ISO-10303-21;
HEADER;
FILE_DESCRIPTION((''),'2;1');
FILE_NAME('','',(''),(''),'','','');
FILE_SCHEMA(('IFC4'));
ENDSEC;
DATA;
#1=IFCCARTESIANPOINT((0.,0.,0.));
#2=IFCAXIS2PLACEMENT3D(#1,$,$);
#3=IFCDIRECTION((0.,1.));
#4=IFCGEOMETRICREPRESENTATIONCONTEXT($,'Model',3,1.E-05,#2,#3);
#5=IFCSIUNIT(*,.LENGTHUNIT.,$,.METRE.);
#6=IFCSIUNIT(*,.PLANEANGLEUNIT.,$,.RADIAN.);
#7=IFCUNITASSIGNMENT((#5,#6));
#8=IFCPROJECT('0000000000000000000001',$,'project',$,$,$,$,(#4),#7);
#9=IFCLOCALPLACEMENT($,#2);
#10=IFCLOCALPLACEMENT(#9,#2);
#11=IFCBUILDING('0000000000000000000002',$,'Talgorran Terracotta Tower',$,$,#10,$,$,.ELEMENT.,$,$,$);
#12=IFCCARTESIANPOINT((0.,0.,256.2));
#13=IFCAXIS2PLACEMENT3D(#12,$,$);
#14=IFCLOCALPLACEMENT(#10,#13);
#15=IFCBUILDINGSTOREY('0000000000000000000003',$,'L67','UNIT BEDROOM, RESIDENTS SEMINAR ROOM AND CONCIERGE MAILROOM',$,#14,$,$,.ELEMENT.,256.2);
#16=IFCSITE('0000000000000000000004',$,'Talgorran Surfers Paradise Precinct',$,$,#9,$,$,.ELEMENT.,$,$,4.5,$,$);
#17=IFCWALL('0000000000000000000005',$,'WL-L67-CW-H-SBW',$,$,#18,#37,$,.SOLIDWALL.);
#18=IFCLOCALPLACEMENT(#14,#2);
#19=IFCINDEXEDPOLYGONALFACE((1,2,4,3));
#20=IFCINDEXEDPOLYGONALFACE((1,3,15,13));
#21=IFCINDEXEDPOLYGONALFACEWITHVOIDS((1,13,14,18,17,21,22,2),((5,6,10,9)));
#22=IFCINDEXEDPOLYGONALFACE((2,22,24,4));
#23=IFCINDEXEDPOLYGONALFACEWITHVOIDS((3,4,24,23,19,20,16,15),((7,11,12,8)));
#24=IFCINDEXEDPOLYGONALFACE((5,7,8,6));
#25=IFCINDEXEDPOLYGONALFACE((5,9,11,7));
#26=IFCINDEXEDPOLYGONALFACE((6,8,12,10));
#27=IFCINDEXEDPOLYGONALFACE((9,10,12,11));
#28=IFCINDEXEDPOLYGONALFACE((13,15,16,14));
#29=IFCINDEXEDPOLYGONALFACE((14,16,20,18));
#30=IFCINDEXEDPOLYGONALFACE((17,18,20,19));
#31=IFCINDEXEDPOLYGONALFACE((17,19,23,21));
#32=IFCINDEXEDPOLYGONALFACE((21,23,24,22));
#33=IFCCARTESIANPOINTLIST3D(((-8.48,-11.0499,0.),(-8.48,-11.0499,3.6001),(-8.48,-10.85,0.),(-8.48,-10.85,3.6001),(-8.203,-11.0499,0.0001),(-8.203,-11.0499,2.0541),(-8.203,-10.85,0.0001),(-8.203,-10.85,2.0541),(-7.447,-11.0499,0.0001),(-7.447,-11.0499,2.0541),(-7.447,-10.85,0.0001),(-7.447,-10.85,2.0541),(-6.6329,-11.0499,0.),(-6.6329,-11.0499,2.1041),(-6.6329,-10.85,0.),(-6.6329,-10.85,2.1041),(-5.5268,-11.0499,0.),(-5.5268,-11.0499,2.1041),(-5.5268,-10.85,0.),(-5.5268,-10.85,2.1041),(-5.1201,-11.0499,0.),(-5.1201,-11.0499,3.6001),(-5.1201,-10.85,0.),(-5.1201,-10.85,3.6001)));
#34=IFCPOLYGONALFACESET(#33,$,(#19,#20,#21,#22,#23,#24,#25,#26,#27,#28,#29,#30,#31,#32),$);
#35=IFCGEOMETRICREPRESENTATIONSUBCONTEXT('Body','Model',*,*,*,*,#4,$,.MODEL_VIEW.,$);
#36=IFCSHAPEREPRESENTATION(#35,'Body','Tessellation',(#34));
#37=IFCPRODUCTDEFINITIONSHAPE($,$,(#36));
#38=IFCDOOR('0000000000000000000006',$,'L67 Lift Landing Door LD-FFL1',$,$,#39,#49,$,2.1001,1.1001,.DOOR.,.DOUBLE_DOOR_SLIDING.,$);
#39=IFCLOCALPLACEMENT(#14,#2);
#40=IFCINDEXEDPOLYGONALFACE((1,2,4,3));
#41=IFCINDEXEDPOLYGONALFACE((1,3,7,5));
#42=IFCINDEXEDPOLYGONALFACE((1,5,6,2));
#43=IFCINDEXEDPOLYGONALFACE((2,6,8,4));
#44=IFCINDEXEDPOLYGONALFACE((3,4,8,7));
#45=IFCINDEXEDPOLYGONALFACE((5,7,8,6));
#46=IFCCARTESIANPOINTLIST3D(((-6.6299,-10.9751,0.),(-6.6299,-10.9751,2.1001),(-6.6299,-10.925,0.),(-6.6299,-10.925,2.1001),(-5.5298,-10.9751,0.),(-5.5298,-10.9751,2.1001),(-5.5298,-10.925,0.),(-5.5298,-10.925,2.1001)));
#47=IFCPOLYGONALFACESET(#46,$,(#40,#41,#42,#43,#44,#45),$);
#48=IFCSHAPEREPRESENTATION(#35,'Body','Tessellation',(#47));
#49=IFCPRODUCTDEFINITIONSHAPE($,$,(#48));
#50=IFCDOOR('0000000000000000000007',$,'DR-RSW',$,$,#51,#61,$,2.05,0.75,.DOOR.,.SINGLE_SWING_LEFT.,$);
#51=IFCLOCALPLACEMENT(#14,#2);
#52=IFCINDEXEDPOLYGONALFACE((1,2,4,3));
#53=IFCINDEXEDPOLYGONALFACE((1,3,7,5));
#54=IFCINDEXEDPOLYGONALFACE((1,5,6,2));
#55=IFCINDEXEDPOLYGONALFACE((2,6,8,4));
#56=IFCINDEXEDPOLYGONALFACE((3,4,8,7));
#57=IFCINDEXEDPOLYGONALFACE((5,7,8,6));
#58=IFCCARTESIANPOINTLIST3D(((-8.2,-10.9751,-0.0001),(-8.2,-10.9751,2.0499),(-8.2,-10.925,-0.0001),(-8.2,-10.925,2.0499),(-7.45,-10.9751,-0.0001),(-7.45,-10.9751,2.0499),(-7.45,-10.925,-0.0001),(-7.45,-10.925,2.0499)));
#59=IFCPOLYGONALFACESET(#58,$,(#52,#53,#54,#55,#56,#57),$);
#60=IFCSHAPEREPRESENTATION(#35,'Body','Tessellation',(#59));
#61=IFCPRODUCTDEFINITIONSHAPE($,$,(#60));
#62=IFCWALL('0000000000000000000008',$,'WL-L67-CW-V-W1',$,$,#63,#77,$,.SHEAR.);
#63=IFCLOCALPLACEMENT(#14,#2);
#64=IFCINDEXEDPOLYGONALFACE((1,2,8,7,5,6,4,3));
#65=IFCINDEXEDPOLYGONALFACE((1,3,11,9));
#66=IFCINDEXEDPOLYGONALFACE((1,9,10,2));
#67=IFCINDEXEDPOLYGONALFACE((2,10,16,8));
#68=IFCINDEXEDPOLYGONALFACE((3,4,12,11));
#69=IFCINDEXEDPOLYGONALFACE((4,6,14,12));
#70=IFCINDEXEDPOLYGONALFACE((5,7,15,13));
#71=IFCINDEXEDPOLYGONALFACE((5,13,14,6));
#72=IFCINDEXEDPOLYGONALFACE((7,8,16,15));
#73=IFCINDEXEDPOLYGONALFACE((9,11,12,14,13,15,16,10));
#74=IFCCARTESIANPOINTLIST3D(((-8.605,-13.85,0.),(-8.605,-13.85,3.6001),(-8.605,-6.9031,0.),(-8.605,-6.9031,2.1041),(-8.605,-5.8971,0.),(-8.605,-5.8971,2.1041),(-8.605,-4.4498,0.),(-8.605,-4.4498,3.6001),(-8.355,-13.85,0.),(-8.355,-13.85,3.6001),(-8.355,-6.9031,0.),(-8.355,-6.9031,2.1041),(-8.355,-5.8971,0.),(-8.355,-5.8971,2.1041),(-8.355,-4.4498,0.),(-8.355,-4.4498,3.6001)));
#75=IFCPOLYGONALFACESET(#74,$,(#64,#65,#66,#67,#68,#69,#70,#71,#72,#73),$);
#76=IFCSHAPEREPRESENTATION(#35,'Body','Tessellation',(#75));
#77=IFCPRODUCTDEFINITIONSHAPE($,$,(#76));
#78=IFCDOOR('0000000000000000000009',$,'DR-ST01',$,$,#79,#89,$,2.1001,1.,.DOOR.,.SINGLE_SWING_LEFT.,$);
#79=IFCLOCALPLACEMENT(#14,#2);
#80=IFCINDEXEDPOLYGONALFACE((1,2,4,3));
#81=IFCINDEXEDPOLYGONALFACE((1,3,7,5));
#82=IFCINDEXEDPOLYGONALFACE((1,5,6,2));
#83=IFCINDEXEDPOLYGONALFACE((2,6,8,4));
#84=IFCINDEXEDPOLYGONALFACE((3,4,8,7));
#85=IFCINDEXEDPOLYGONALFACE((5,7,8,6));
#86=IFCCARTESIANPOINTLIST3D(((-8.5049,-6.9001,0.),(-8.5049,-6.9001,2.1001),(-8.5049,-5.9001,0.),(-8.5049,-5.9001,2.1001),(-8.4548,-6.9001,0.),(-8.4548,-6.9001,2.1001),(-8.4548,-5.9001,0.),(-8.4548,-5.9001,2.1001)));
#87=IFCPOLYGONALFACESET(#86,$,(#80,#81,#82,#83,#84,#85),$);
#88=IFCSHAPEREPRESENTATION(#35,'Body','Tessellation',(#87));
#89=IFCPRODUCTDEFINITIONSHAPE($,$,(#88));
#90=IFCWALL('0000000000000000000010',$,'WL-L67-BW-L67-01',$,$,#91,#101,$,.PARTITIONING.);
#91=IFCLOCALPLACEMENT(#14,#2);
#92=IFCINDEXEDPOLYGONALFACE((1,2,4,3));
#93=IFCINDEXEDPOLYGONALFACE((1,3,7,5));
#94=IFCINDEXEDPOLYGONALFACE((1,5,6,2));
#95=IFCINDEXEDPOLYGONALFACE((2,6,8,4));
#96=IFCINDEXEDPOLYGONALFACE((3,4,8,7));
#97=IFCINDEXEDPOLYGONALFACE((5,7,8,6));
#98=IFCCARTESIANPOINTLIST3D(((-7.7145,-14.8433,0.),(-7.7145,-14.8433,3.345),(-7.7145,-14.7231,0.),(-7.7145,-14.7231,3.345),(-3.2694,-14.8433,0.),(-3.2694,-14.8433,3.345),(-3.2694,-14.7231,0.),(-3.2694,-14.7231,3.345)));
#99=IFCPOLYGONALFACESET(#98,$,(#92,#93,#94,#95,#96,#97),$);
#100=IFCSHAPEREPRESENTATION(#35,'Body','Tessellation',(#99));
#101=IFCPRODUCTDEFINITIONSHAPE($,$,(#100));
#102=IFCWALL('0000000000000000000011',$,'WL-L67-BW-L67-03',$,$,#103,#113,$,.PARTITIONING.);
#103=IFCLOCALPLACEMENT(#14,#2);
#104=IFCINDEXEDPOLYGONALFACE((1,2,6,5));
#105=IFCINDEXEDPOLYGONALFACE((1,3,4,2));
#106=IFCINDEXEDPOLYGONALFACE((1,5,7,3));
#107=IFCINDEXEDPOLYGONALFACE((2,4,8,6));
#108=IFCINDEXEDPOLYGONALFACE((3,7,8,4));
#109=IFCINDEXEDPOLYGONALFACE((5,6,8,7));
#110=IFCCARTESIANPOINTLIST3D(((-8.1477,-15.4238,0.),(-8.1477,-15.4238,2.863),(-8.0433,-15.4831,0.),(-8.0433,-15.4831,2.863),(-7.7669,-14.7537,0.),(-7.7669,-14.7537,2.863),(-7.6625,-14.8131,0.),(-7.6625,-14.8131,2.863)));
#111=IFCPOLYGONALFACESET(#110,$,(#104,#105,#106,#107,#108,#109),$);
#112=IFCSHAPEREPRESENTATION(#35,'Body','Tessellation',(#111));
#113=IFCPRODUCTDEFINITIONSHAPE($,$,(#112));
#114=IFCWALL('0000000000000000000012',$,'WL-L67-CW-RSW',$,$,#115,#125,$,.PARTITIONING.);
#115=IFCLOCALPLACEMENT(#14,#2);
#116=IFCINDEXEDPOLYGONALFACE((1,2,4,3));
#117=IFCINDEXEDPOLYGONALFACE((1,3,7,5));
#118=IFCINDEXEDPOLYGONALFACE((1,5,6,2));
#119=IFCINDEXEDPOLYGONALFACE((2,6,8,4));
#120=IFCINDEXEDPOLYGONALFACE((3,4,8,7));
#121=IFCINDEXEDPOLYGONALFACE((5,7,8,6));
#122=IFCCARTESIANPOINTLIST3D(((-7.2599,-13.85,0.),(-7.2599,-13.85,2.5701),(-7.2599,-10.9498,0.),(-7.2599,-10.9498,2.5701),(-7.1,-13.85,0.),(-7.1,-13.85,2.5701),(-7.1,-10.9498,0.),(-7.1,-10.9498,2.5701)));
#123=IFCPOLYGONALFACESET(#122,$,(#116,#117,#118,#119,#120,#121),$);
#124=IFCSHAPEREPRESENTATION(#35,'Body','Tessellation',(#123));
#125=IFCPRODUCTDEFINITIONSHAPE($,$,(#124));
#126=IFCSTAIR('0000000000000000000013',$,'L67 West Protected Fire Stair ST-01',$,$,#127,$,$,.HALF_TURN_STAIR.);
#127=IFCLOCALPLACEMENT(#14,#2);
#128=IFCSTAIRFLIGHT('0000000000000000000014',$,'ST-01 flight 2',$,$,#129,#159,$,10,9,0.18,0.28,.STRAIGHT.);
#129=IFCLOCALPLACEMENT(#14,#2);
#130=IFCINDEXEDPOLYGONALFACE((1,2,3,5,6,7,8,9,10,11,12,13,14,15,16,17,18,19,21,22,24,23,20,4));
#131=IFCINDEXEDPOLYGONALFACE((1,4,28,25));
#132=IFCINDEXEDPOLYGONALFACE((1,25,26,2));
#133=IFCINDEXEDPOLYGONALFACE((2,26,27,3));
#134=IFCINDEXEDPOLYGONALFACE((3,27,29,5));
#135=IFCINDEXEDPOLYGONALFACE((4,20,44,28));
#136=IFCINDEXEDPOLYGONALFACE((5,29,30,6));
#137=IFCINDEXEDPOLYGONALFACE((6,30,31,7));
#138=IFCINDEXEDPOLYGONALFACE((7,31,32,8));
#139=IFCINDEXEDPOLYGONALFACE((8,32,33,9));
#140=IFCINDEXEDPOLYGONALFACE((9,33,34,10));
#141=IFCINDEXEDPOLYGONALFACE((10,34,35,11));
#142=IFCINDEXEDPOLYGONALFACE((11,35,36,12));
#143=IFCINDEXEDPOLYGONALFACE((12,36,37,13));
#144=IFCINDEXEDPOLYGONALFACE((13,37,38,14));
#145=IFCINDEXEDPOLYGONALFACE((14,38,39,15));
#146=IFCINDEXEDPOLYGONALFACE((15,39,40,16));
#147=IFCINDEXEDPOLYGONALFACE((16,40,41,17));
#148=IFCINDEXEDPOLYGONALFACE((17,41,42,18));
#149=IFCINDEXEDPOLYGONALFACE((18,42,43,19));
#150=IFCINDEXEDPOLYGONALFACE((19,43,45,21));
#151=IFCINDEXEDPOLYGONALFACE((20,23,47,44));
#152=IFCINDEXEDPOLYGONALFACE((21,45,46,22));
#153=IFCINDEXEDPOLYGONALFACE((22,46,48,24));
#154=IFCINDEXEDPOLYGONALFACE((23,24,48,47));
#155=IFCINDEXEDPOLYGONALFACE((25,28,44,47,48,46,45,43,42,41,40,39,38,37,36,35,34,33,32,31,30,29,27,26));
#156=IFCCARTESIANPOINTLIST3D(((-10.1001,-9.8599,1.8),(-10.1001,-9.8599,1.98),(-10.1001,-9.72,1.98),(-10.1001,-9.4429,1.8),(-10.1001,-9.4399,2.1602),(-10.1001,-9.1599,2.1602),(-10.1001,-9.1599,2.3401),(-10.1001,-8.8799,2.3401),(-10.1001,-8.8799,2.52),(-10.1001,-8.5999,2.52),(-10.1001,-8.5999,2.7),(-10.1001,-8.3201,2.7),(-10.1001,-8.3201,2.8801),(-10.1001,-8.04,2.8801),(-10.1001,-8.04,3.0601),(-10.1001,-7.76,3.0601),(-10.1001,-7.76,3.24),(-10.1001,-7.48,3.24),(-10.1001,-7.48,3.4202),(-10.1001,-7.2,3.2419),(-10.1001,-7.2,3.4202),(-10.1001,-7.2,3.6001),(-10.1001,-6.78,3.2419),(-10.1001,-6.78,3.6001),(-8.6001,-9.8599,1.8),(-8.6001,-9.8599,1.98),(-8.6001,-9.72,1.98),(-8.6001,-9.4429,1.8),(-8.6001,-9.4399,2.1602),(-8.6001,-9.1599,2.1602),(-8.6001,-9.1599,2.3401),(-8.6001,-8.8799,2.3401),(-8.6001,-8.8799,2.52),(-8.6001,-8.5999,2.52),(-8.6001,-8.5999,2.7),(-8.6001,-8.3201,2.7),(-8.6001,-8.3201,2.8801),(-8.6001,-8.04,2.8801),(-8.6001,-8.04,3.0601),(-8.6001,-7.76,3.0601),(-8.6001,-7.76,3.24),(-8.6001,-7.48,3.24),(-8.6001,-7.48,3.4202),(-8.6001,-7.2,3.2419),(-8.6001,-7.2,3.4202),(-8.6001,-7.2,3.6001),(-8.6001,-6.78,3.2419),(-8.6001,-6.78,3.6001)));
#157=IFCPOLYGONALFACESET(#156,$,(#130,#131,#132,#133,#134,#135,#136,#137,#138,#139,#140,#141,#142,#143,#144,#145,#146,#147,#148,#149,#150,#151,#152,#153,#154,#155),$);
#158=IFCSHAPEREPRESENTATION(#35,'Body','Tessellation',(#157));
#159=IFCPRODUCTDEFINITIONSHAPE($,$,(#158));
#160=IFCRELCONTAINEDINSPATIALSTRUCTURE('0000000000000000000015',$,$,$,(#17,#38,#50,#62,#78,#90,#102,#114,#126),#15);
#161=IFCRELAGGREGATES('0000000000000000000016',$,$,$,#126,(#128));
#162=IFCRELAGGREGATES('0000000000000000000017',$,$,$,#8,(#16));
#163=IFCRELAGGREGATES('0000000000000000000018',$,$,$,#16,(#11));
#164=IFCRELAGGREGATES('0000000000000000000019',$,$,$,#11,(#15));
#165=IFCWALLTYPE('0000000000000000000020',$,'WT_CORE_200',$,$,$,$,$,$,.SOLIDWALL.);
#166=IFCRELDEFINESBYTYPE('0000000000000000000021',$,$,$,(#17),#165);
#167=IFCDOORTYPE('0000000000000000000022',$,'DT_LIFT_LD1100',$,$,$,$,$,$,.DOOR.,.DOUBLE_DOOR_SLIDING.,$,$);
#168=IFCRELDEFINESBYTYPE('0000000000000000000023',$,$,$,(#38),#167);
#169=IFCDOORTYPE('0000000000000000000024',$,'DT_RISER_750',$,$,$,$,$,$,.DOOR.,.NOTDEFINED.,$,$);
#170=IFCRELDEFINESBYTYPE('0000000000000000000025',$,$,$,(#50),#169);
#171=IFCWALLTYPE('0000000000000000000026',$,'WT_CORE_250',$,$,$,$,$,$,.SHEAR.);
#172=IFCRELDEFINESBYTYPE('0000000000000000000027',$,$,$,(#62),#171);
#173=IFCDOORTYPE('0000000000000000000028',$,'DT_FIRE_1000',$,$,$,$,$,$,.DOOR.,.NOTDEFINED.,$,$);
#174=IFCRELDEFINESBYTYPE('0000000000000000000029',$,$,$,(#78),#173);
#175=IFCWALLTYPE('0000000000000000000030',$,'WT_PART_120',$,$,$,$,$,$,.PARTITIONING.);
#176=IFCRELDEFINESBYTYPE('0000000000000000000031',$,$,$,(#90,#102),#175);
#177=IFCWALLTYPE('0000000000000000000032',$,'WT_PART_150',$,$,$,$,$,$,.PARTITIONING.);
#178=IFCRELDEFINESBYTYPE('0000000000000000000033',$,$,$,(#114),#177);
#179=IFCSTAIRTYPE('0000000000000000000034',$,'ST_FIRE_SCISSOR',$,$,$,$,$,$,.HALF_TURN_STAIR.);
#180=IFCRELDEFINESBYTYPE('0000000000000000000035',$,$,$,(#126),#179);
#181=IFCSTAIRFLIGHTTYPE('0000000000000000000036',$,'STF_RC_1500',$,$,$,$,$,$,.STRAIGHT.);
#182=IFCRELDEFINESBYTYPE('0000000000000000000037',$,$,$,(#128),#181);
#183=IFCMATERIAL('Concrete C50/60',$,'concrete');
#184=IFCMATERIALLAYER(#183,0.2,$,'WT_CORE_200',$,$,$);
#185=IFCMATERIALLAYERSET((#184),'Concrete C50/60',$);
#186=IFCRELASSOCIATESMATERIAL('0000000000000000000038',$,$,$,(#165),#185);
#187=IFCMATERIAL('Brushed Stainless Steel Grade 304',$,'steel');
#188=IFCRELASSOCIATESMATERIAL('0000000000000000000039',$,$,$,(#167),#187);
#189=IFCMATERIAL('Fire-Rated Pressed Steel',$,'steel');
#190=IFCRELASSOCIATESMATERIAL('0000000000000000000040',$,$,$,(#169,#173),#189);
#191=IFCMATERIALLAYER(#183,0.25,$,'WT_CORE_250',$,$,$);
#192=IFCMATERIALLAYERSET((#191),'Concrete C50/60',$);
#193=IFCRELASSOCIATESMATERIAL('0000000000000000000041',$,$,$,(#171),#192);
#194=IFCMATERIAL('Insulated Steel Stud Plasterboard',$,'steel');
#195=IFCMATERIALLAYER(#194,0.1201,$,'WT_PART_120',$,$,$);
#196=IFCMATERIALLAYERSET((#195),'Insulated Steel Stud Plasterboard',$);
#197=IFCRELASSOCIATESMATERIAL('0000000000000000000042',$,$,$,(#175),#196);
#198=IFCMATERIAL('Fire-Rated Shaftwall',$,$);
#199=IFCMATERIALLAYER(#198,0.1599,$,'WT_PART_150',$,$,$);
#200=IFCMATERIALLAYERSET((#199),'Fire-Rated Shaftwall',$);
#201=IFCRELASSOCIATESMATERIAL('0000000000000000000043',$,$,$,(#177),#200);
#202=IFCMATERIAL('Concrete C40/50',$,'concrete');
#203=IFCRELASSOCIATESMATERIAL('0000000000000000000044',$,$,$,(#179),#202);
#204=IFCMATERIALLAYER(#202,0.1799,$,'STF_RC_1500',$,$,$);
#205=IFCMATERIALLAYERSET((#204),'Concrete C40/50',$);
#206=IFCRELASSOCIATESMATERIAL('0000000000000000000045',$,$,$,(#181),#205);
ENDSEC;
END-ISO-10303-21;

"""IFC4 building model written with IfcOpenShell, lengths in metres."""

from ifc_helpers import new_model, si_unit, direction, frame, frame_2d, origin, place, context, subcontext, project, spatial, polyline, rectangle, outline, extrude, material, layer, layer_set, type_object, element, fill, aggregate, save


model = new_model("IFC4")

# Units and contexts
model_context = context("Model", 3, precision=1e-05, world=origin(), true_north=direction((0.0, 1.0)))
body_context = subcontext(model_context, "Body", "Model", "MODEL_VIEW")
ifc_project = project(units=[si_unit("LENGTHUNIT", "METRE"), si_unit("PLANEANGLEUNIT", "RADIAN")], contexts=[model_context])

# Site, building, storey
site_placement = place(None, origin())
site = spatial("IfcSite", under=ifc_project, at=site_placement, Name="Talgorran Surfers Paradise Precinct", CompositionType="ELEMENT", RefElevation=4.5)
building_placement = place(site_placement, origin())
building = spatial("IfcBuilding", under=site, at=building_placement, Name="Talgorran Terracotta Tower", CompositionType="ELEMENT")
storey_placement = place(building_placement, frame((0.0, 0.0, 256.2)))
storey = spatial("IfcBuildingStorey", under=building, at=storey_placement, Name="L67", Description="UNIT BEDROOM, RESIDENTS SEMINAR ROOM AND CONCIERGE MAILROOM", CompositionType="ELEMENT", Elevation=256.2)

# Shared definitions
ifc_material_1 = material(Name="Concrete C50/60", Category="concrete")

# Wall, openings, doors
ifc_layer_1 = layer(ifc_material_1, 0.2, Name="WT_CORE_200")
ifc_layer_set_1 = layer_set([ifc_layer_1], Name="Concrete C50/60")
wall_type_1 = type_object("IfcWallType", Name="WT_CORE_200", PredefinedType="SOLIDWALL", material=ifc_layer_set_1)
wall_1_placement = place(storey_placement, frame((-8.48, -10.95, 0.0), z_axis=(0.0, 0.0, 1.0), x_axis=(1.0, 0.0, 0.0)))
wall_1 = element("IfcWall", 1, at=wall_1_placement, inside=storey, type_object=wall_type_1, Name="WL-L67-CW-H-SBW", PredefinedType="SOLIDWALL", context=body_context, shape_type="SweptSolid", body=[
    extrude(rectangle(XDim=3.3599, YDim=0.2, at=frame_2d((1.6799, 0.0))), origin(), (0.0, 0.0, 1.0), 3.6001),
])
opening_1_placement = place(wall_1_placement, frame((0.28, 0.0, 0.0)))
opening_1 = element("IfcOpeningElement", 2, at=opening_1_placement, cuts=wall_1, PredefinedType="OPENING", context=body_context, shape_type="SweptSolid", body=[
    extrude(rectangle(XDim=0.756, YDim=2.054, at=frame_2d((0.375, 1.0271))), frame((0.0, 0.1099, 0.0), z_axis=(0.0, -1.0, 0.0), x_axis=(1.0, 0.0, 0.0)), (0.0, 0.0, 1.0), 0.22),
])
opening_2_placement = place(wall_1_placement, frame((1.8501, 0.0, 0.0)))
opening_2 = element("IfcOpeningElement", 3, at=opening_2_placement, cuts=wall_1, PredefinedType="OPENING", context=body_context, shape_type="SweptSolid", body=[
    extrude(rectangle(XDim=1.1061, YDim=2.1041, at=frame_2d((0.55, 1.052))), frame((0.0, 0.1099, 0.0), z_axis=(0.0, -1.0, 0.0), x_axis=(1.0, 0.0, 0.0)), (0.0, 0.0, 1.0), 0.22),
])
ifc_material_2 = material(Name="Brushed Stainless Steel Grade 304", Category="steel")
door_type_1 = type_object("IfcDoorType", Name="DT_LIFT_LD1100", OperationType="DOUBLE_DOOR_SLIDING", PredefinedType="DOOR", material=ifc_material_2)
door_1_placement = place(opening_2_placement, origin())
door_1 = element("IfcDoor", 4, at=door_1_placement, inside=storey, type_object=door_type_1, Name="L67 Lift Landing Door LD-FFL1", OperationType="DOUBLE_DOOR_SLIDING", OverallHeight=2.1001, OverallWidth=1.1001, PredefinedType="DOOR", context=body_context, shape_type="SweptSolid", body=[
    extrude(rectangle(XDim=1.1001, YDim=2.1001, at=frame_2d((0.55, 1.05))), frame((0.0, 0.0249, 0.0), z_axis=(0.0, -1.0, 0.0), x_axis=(1.0, 0.0, 0.0)), (0.0, 0.0, 1.0), 0.05),
])
fill(opening_2, door_1)
ifc_material_3 = material(Name="Fire-Rated Pressed Steel", Category="steel")
door_type_2 = type_object("IfcDoorType", Name="DT_RISER_750", OperationType="NOTDEFINED", PredefinedType="DOOR", material=ifc_material_3)
door_2_placement = place(opening_1_placement, origin())
door_2 = element("IfcDoor", 5, at=door_2_placement, inside=storey, type_object=door_type_2, Name="DR-RSW", OperationType="SINGLE_SWING_LEFT", OverallHeight=2.05, OverallWidth=0.75, PredefinedType="DOOR", context=body_context, shape_type="SweptSolid", body=[
    extrude(rectangle(XDim=0.75, YDim=2.05, at=frame_2d((0.375, 1.0249))), frame((0.0, 0.0249, 0.0), z_axis=(0.0, -1.0, 0.0), x_axis=(1.0, 0.0, 0.0)), (0.0, 0.0, 1.0), 0.05),
])
fill(opening_1, door_2)

# Wall, opening, door
ifc_layer_2 = layer(ifc_material_1, 0.25, Name="WT_CORE_250")
ifc_layer_set_2 = layer_set([ifc_layer_2], Name="Concrete C50/60")
wall_type_2 = type_object("IfcWallType", Name="WT_CORE_250", PredefinedType="SHEAR", material=ifc_layer_set_2)
wall_2_placement = place(storey_placement, frame((-8.48, -13.8501, 0.0), z_axis=(0.0, 0.0, 1.0), x_axis=(0.0, 1.0, 0.0)))
wall_2 = element("IfcWall", 6, at=wall_2_placement, inside=storey, type_object=wall_type_2, Name="WL-L67-CW-V-W1", PredefinedType="SHEAR", context=body_context, shape_type="SweptSolid", body=[
    extrude(rectangle(XDim=9.4001, YDim=0.25, at=frame_2d((4.7002, 0.0))), origin(), (0.0, 0.0, 1.0), 3.6001),
])
opening_3_placement = place(wall_2_placement, frame((6.95, 0.0, 0.0)))
opening_3 = element("IfcOpeningElement", 7, at=opening_3_placement, cuts=wall_2, PredefinedType="OPENING", context=body_context, shape_type="SweptSolid", body=[
    extrude(rectangle(XDim=1.006, YDim=2.1041, at=frame_2d((0.5, 1.052))), frame((0.0, 0.135, 0.0), z_axis=(0.0, -1.0, 0.0), x_axis=(1.0, 0.0, 0.0)), (0.0, 0.0, 1.0), 0.27),
])
door_type_3 = type_object("IfcDoorType", Name="DT_FIRE_1000", OperationType="NOTDEFINED", PredefinedType="DOOR", material=ifc_material_3)
door_3_placement = place(opening_3_placement, origin())
door_3 = element("IfcDoor", 8, at=door_3_placement, inside=storey, type_object=door_type_3, Name="DR-ST01", OperationType="SINGLE_SWING_LEFT", OverallHeight=2.1001, OverallWidth=1.0, PredefinedType="DOOR", context=body_context, shape_type="SweptSolid", body=[
    extrude(rectangle(XDim=1.0, YDim=2.1001, at=frame_2d((0.5, 1.05))), frame((0.0, 0.0249, 0.0), z_axis=(0.0, -1.0, 0.0), x_axis=(1.0, 0.0, 0.0)), (0.0, 0.0, 1.0), 0.05),
])
fill(opening_3, door_3)

# Walls
ifc_material_4 = material(Name="Insulated Steel Stud Plasterboard", Category="steel")
ifc_layer_3 = layer(ifc_material_4, 0.1201, Name="WT_PART_120")
ifc_layer_set_3 = layer_set([ifc_layer_3], Name="Insulated Steel Stud Plasterboard")
wall_type_3 = type_object("IfcWallType", Name="WT_PART_120", PredefinedType="PARTITIONING", material=ifc_layer_set_3)
wall_3_placement = place(storey_placement, frame((-7.7146, -14.7832, 0.0), z_axis=(0.0, 0.0, 1.0), x_axis=(1.0, 0.0, 0.0)))
element("IfcWall", 9, at=wall_3_placement, inside=storey, type_object=wall_type_3, Name="WL-L67-BW-L67-01", PredefinedType="PARTITIONING", context=body_context, shape_type="SweptSolid", body=[
    extrude(rectangle(XDim=4.4451, YDim=0.1201, at=frame_2d((2.2227, 0.0))), origin(), (0.0, 0.0, 1.0), 3.345),
])
wall_4_placement = place(storey_placement, frame((-8.0955, -15.4534, 0.0), z_axis=(0.0, 0.0, 1.0), x_axis=(0.494091, 0.86941, 0.0)))
element("IfcWall", 10, at=wall_4_placement, inside=storey, type_object=wall_type_3, Name="WL-L67-BW-L67-03", PredefinedType="PARTITIONING", context=body_context, shape_type="SweptSolid", body=[
    extrude(rectangle(XDim=0.7708, YDim=0.1201, at=frame_2d((0.3853, 0.0))), origin(), (0.0, 0.0, 1.0), 2.863),
])
ifc_material_5 = material(Name="Fire-Rated Shaftwall")
ifc_layer_4 = layer(ifc_material_5, 0.1599, Name="WT_PART_150")
ifc_layer_set_4 = layer_set([ifc_layer_4], Name="Fire-Rated Shaftwall")
wall_type_4 = type_object("IfcWallType", Name="WT_PART_150", PredefinedType="PARTITIONING", material=ifc_layer_set_4)
wall_5_placement = place(storey_placement, frame((-7.1799, -13.8501, 0.0), z_axis=(0.0, 0.0, 1.0), x_axis=(0.0, 1.0, 0.0)))
element("IfcWall", 11, at=wall_5_placement, inside=storey, type_object=wall_type_4, Name="WL-L67-CW-RSW", PredefinedType="PARTITIONING", context=body_context, shape_type="SweptSolid", body=[
    extrude(rectangle(XDim=2.9001, YDim=0.1599, at=frame_2d((1.4502, 0.0))), origin(), (0.0, 0.0, 1.0), 2.5701),
])

# Stair, stair flight
ifc_material_6 = material(Name="Concrete C40/50", Category="concrete")
stair_type = type_object("IfcStairType", Name="ST_FIRE_SCISSOR", PredefinedType="HALF_TURN_STAIR", material=ifc_material_6)
stair_placement = place(storey_placement, origin())
stair = element("IfcStair", 12, at=stair_placement, inside=storey, type_object=stair_type, Name="L67 West Protected Fire Stair ST-01", PredefinedType="HALF_TURN_STAIR")
ifc_layer_5 = layer(ifc_material_6, 0.1799, Name="STF_RC_1500")
ifc_layer_set_5 = layer_set([ifc_layer_5], Name="Concrete C40/50")
stair_flight_type = type_object("IfcStairFlightType", Name="STF_RC_1500", PredefinedType="STRAIGHT", material=ifc_layer_set_5)
stair_flight_placement = place(storey_placement, frame((-9.3501, -9.72, 1.8), z_axis=(0.0, 0.0, 1.0), x_axis=(0.0, 1.0, 0.0)))
stair_flight = element("IfcStairFlight", 13, at=stair_flight_placement, type_object=stair_flight_type, Name="ST-01 flight 2", NumberOfRisers=10, NumberOfTreads=9, PredefinedType="STRAIGHT", RiserHeight=0.18, TreadLength=0.28, context=body_context, shape_type="SweptSolid", body=[
    extrude(outline(polyline([(-0.1399, 0.0), (-0.1399, 0.1799), (0.0, 0.1799), (0.28, 0.3601), (0.5601, 0.3601), (0.5601, 0.54), (0.8401, 0.54), (0.8401, 0.72), (1.1201, 0.72), (1.1201, 0.8999), (1.3999, 0.8999), (1.3999, 1.0801), (1.6799, 1.0801), (1.6799, 1.26), (1.96, 1.26), (1.96, 1.4399), (2.24, 1.4399), (2.24, 1.6201), (2.52, 1.6201), (2.52, 1.8), (2.9399, 1.8), (2.9399, 1.4419), (2.52, 1.4419), (0.2771, 0.0), (-0.1399, 0.0)])), frame((0.0, 0.75, 0.0), z_axis=(0.0, -1.0, 0.0), x_axis=(1.0, 0.0, 0.0)), (0.0, 0.0, 1.0), 1.5),
])
aggregate(stair, [stair_flight])

save(model, "model.ifc")
